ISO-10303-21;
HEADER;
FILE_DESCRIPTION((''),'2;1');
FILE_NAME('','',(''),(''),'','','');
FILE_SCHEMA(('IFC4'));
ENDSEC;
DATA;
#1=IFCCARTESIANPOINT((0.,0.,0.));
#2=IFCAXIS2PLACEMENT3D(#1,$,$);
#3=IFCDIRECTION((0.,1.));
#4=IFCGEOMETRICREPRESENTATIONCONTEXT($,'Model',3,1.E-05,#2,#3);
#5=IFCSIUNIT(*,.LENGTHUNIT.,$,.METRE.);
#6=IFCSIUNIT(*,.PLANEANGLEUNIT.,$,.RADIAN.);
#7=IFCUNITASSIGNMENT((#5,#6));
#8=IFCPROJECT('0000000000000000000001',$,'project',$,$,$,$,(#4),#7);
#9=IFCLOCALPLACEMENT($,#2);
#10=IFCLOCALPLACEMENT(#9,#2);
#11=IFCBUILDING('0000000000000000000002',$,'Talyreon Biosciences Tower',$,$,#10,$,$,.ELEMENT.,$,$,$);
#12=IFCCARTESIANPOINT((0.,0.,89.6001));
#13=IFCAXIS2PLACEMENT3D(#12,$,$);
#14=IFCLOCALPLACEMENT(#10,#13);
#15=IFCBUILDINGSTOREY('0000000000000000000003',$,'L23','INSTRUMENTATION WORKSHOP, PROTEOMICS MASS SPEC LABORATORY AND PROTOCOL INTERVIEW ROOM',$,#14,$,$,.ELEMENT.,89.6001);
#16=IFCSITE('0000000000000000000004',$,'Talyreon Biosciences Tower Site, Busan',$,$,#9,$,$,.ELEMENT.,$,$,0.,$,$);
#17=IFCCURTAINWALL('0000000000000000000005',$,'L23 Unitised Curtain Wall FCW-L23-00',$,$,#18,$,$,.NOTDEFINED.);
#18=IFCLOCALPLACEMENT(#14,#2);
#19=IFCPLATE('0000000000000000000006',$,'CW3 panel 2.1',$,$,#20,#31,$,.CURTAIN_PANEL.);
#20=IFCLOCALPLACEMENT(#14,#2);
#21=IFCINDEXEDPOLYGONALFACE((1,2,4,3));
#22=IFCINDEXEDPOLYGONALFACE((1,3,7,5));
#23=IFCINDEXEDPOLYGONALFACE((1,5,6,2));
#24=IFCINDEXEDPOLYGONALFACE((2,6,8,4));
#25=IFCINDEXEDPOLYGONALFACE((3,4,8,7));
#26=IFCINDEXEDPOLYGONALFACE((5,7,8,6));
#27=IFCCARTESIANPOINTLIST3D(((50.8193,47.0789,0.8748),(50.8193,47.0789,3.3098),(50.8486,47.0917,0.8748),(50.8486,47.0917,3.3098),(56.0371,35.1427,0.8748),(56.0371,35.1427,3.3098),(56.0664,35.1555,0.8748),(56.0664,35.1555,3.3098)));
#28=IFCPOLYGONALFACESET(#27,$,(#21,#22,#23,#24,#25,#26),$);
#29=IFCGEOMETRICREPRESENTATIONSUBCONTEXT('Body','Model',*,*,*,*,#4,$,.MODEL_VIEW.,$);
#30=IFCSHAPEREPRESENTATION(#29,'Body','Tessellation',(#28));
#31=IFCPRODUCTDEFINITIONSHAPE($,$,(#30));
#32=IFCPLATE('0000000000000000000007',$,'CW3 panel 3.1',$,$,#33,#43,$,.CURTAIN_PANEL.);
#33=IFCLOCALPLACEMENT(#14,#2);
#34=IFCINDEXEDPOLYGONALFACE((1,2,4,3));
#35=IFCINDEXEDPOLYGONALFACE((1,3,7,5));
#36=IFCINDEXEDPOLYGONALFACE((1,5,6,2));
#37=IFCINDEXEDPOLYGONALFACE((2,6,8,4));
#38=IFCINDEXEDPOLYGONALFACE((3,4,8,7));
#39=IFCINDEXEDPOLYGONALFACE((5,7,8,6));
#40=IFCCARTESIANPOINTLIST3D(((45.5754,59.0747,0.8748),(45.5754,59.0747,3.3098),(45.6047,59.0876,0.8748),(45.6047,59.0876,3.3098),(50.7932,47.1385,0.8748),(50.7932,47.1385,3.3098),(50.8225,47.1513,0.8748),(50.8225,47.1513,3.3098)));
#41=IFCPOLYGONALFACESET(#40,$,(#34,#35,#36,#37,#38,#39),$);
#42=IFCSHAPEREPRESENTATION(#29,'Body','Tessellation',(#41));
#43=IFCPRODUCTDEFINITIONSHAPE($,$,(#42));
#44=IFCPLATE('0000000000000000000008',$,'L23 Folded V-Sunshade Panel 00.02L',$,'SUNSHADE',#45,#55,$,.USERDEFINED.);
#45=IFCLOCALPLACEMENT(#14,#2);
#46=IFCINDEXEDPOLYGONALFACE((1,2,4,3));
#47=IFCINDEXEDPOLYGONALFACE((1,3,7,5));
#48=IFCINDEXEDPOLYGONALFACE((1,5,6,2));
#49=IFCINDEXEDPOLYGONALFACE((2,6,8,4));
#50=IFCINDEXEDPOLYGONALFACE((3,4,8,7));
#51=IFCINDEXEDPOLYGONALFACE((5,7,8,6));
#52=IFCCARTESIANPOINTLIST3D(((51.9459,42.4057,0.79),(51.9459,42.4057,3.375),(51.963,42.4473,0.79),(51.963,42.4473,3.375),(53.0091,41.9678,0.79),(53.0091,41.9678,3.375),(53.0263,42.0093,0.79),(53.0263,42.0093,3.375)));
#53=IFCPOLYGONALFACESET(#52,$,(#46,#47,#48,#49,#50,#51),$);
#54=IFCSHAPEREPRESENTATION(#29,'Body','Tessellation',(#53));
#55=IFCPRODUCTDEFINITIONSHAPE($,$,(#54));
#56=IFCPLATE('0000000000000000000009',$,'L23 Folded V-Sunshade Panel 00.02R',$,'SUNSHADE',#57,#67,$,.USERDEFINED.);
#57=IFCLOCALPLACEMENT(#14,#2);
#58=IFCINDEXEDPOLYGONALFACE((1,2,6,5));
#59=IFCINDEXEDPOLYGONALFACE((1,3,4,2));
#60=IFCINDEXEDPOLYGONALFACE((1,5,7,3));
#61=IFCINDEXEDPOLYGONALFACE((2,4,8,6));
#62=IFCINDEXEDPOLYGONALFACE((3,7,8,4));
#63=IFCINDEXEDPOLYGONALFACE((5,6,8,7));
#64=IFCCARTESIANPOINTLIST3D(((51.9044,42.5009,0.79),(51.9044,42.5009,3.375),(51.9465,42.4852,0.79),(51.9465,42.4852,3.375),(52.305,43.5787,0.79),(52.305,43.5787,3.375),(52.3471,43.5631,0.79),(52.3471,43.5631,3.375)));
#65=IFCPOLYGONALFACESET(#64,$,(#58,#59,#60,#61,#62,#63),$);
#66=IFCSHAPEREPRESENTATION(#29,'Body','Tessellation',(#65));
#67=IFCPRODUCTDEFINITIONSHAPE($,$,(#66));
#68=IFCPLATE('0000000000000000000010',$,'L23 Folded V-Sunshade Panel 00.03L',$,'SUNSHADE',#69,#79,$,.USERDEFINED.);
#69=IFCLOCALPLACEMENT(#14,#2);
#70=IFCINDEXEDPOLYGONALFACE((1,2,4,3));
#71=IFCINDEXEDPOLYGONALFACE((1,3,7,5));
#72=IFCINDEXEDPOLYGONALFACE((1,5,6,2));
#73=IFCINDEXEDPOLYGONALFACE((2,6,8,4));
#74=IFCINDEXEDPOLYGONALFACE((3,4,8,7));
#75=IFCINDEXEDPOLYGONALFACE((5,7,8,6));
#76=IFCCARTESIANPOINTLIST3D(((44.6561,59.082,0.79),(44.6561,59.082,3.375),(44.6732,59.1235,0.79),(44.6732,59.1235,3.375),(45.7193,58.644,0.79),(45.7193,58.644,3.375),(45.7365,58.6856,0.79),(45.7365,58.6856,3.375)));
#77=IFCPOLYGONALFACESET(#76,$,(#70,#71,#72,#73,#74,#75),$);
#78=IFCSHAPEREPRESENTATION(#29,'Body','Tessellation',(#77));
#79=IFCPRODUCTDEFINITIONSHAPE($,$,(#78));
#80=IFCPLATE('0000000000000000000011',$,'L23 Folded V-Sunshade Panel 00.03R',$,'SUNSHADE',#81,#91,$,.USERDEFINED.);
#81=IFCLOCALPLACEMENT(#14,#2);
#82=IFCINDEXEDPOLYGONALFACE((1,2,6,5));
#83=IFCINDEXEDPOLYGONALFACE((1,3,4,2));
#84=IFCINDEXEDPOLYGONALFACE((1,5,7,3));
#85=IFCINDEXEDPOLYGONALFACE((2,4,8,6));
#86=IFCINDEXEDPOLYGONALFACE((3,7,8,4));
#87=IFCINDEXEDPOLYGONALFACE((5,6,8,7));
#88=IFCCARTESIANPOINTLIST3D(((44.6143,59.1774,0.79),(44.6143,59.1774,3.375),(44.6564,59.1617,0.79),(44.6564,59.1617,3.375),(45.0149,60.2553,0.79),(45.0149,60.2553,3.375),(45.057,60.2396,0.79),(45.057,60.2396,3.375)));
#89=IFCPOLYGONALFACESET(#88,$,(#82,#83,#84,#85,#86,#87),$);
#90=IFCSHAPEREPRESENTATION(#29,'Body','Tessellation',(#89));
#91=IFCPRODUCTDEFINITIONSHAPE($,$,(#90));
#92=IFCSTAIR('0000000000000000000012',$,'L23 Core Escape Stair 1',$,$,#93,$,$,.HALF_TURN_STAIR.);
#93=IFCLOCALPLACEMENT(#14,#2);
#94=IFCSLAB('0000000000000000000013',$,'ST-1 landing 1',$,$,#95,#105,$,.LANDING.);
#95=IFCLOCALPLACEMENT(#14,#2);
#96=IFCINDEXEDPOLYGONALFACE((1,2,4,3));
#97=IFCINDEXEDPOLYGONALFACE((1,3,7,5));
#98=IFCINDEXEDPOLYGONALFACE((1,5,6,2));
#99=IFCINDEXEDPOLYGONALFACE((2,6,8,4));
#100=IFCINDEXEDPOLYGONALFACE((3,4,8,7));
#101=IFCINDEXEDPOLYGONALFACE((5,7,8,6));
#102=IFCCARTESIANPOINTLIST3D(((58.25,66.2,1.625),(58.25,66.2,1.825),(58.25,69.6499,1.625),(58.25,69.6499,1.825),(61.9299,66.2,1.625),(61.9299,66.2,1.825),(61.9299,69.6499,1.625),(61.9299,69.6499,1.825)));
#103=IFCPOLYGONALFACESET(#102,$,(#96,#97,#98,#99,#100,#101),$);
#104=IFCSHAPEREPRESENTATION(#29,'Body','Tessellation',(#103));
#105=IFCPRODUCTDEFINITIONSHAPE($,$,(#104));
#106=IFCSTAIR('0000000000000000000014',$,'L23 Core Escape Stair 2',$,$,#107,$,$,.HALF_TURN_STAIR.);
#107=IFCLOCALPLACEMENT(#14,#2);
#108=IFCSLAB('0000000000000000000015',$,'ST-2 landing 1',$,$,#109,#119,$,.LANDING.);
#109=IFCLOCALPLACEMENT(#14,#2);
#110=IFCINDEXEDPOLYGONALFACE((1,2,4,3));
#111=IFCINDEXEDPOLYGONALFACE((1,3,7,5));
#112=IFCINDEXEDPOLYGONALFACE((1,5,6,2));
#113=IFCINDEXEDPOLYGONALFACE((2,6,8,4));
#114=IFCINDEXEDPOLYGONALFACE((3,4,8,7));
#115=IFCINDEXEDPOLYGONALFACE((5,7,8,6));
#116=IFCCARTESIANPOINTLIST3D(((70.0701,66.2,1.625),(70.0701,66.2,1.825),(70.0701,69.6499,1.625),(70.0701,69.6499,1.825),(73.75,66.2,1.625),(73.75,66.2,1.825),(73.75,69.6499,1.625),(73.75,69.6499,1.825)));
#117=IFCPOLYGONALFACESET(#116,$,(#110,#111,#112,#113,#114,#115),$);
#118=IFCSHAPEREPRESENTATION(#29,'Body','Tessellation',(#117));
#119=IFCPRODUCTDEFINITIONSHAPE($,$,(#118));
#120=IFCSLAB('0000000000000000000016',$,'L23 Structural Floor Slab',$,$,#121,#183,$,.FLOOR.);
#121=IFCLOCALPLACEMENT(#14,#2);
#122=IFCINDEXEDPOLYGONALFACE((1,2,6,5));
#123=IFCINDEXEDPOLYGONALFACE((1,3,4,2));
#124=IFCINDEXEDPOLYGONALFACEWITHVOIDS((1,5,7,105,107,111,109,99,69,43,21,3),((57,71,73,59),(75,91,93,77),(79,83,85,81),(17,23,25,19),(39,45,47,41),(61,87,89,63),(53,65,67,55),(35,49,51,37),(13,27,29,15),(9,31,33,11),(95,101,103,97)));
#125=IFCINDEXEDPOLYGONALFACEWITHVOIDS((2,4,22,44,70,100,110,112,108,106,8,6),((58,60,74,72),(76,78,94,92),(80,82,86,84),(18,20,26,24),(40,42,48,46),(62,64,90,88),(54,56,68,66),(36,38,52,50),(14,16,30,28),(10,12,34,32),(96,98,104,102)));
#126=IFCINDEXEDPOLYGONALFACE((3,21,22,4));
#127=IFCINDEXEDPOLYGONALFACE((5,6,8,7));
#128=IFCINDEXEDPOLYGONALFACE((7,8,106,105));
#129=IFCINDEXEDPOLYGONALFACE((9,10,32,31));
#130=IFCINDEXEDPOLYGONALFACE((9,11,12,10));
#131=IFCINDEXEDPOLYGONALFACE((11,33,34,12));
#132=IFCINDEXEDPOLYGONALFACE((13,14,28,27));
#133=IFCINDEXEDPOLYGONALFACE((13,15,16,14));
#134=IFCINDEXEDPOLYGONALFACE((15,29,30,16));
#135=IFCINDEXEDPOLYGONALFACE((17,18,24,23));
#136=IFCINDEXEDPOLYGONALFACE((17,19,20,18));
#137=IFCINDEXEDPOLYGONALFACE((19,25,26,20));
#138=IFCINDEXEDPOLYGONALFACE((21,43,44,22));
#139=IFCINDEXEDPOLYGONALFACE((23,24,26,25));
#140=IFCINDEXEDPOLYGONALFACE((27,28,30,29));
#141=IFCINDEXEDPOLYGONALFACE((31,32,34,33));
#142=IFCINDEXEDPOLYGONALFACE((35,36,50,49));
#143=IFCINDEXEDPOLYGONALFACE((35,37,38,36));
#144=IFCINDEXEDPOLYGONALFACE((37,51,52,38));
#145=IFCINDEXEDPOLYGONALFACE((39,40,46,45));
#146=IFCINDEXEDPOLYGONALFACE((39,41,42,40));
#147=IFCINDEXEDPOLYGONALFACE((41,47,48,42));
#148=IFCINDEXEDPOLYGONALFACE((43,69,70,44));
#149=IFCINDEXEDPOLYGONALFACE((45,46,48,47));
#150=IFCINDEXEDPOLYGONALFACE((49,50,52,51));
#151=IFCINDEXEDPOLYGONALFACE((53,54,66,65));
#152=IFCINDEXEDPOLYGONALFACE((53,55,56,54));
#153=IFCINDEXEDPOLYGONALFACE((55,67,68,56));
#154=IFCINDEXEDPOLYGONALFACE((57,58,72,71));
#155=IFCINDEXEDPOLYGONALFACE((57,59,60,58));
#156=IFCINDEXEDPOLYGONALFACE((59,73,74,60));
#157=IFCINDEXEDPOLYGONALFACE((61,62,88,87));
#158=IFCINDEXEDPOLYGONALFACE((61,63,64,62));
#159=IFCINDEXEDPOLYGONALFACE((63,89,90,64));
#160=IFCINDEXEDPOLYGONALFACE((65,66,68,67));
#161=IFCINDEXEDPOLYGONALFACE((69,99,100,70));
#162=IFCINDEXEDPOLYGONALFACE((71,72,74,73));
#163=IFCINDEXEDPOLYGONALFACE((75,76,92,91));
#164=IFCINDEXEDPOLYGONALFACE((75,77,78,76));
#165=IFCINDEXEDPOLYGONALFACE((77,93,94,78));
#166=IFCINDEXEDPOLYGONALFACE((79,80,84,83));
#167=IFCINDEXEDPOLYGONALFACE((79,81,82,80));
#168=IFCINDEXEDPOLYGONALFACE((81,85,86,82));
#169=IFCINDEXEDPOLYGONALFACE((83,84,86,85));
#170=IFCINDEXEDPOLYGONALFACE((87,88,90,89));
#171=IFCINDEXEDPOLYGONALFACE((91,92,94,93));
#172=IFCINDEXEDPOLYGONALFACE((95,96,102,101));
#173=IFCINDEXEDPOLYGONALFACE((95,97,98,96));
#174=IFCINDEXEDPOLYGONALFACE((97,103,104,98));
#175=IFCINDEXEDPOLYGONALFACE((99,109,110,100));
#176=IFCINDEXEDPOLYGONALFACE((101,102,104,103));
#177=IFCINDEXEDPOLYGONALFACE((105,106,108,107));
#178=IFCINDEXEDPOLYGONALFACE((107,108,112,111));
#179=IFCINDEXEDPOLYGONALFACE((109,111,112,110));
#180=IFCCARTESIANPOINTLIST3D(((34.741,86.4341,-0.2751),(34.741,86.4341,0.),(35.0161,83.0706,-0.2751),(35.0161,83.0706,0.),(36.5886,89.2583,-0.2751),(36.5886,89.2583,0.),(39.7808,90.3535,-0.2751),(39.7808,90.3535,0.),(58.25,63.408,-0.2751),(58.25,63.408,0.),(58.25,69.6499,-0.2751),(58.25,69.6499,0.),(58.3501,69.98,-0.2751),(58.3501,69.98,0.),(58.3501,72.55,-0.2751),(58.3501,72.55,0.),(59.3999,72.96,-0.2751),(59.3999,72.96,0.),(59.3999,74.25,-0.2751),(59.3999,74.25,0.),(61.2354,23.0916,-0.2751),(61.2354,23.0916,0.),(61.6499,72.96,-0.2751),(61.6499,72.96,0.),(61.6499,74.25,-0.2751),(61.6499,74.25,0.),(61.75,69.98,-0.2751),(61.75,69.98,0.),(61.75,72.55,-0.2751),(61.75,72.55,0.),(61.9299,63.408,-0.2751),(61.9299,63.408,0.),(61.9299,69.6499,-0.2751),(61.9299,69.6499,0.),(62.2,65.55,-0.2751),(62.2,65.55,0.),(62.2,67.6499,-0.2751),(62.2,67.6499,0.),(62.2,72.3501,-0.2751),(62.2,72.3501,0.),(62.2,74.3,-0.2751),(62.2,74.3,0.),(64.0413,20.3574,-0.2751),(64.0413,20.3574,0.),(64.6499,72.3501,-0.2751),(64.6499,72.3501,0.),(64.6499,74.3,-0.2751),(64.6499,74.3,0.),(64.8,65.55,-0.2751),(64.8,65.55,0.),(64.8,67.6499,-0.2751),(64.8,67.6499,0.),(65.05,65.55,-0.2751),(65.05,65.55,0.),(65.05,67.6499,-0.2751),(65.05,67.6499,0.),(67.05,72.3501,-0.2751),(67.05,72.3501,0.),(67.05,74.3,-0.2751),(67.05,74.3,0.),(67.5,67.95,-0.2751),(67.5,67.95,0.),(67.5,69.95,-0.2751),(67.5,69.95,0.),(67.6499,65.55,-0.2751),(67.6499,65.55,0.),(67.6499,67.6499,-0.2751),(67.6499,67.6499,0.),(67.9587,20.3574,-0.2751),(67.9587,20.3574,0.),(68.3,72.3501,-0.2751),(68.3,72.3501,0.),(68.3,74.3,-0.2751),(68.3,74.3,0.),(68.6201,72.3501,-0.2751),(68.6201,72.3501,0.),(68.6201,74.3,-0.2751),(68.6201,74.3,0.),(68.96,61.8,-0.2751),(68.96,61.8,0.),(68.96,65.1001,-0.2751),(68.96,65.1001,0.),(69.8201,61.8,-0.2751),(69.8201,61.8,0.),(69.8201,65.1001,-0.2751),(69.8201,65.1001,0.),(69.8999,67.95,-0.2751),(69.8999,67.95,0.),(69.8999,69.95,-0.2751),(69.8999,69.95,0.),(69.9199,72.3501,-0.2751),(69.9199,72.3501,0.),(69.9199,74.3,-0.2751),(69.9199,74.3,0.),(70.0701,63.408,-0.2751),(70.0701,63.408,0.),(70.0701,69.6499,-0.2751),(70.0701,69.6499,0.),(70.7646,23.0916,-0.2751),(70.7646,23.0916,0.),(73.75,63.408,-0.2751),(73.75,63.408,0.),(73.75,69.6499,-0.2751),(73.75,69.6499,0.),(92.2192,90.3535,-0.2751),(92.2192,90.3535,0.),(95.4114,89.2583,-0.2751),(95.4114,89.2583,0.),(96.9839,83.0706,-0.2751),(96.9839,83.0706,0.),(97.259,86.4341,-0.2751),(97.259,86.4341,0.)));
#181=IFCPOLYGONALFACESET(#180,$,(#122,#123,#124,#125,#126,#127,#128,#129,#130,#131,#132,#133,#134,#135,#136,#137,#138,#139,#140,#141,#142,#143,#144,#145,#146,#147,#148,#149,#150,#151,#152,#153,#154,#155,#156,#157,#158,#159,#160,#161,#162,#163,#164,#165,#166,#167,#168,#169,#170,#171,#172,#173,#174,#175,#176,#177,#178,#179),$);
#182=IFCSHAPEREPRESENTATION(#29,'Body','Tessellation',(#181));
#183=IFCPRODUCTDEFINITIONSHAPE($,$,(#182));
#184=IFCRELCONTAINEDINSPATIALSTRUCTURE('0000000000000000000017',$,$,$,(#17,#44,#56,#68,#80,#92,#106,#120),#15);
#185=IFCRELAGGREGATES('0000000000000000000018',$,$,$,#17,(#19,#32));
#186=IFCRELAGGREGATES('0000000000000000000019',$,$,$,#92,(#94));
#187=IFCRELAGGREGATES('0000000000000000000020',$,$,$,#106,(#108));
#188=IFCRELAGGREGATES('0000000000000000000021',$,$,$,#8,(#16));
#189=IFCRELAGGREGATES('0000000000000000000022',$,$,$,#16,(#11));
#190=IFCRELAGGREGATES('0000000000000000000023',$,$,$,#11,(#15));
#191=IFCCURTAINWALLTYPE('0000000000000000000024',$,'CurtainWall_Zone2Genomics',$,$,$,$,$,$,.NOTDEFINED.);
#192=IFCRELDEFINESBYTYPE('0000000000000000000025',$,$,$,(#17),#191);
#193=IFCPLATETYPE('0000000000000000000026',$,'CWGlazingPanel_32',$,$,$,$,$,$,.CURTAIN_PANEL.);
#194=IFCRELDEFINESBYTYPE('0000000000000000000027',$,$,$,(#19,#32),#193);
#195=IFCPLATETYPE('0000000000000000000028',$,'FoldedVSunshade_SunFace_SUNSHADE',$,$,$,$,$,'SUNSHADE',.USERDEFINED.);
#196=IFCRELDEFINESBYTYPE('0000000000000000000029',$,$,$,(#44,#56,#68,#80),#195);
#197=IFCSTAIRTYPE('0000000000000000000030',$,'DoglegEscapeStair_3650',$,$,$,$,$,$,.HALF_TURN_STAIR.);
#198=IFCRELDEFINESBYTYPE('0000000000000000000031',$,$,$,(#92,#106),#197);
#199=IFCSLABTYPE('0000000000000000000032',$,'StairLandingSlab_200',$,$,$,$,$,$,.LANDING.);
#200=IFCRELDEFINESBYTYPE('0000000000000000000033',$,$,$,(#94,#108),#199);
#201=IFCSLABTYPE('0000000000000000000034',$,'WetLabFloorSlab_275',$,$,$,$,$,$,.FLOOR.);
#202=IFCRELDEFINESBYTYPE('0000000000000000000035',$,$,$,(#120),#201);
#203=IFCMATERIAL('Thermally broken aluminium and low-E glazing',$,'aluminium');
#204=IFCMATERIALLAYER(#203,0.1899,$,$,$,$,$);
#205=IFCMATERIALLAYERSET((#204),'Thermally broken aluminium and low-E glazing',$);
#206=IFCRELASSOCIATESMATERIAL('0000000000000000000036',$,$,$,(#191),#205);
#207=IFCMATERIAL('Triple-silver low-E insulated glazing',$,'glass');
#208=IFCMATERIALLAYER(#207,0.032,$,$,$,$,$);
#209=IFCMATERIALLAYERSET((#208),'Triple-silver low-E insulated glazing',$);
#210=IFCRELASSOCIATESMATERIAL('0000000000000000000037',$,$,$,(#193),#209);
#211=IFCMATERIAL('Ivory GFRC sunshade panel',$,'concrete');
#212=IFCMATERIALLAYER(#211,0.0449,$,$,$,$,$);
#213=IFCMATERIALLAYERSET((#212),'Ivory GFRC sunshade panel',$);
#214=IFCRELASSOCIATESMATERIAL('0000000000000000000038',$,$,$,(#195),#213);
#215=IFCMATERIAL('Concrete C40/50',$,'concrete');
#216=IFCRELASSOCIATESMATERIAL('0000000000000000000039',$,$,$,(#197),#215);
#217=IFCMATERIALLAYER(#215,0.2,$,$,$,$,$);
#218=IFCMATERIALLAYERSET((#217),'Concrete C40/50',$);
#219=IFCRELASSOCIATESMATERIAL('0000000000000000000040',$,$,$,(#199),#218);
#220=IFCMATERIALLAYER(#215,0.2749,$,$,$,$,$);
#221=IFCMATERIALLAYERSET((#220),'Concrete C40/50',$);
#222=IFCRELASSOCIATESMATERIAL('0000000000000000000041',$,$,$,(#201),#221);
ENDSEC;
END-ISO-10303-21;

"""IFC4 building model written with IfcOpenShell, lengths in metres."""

from ifc_helpers import new_model, si_unit, direction, frame, origin, origin_2d, place, context, subcontext, project, spatial, polyline, rectangle, outline, extrude, material, layer, layer_set, type_object, element, aggregate, save


model = new_model("IFC4")

# Units and contexts
model_context = context("Model", 3, precision=1e-05, world=origin(), true_north=direction((0.0, 1.0)))
body_context = subcontext(model_context, "Body", "Model", "MODEL_VIEW")
ifc_project = project(units=[si_unit("LENGTHUNIT", "METRE"), si_unit("PLANEANGLEUNIT", "RADIAN")], contexts=[model_context])

# Site, building, storey
site_placement = place(None, origin())
site = spatial("IfcSite", under=ifc_project, at=site_placement, Name="Talyreon Biosciences Tower Site, Busan", CompositionType="ELEMENT", RefElevation=0.0)
building_placement = place(site_placement, origin())
building = spatial("IfcBuilding", under=site, at=building_placement, Name="Talyreon Biosciences Tower", CompositionType="ELEMENT")
storey_placement = place(building_placement, frame((0.0, 0.0, 89.6001)))
storey = spatial("IfcBuildingStorey", under=building, at=storey_placement, Name="L23", Description="INSTRUMENTATION WORKSHOP, PROTEOMICS MASS SPEC LABORATORY AND PROTOCOL INTERVIEW ROOM", CompositionType="ELEMENT", Elevation=89.6001)

# Curtain wall
ifc_material_1 = material(Name="Thermally broken aluminium and low-E glazing", Category="aluminium")
ifc_layer_1 = layer(ifc_material_1, 0.1899)
ifc_layer_set_1 = layer_set([ifc_layer_1], Name="Thermally broken aluminium and low-E glazing")
curtain_wall_type = type_object("IfcCurtainWallType", Name="CurtainWall_Zone2Genomics", PredefinedType="NOTDEFINED", material=ifc_layer_set_1)
curtain_wall_placement = place(storey_placement, origin())
curtain_wall = element("IfcCurtainWall", 1, at=curtain_wall_placement, inside=storey, type_object=curtain_wall_type, Name="L23 Unitised Curtain Wall FCW-L23-00", PredefinedType="NOTDEFINED")

# Plates
ifc_material_2 = material(Name="Triple-silver low-E insulated glazing", Category="glass")
ifc_layer_2 = layer(ifc_material_2, 0.032)
ifc_layer_set_2 = layer_set([ifc_layer_2], Name="Triple-silver low-E insulated glazing")
plate_type_1 = type_object("IfcPlateType", Name="CWGlazingPanel_32", PredefinedType="CURTAIN_PANEL", material=ifc_layer_set_2)
plate_1_placement = place(storey_placement, frame((53.4429, 41.1172, 0.8748), z_axis=(0.0, 0.0, 1.0), x_axis=(-0.400542, 0.916278, 0.0)))
plate_1 = element("IfcPlate", 2, at=plate_1_placement, type_object=plate_type_1, Name="CW3 panel 2.1", PredefinedType="CURTAIN_PANEL", context=body_context, shape_type="SweptSolid", body=[
    extrude(rectangle(XDim=13.0269, YDim=0.032, at=origin_2d()), origin(), (0.0, 0.0, 1.0), 2.4351),
])
plate_2_placement = place(storey_placement, frame((48.199, 53.113, 0.8748), z_axis=(0.0, 0.0, 1.0), x_axis=(-0.400542, 0.916278, 0.0)))
plate_2 = element("IfcPlate", 3, at=plate_2_placement, type_object=plate_type_1, Name="CW3 panel 3.1", PredefinedType="CURTAIN_PANEL", context=body_context, shape_type="SweptSolid", body=[
    extrude(rectangle(XDim=13.0269, YDim=0.032, at=origin_2d()), origin(), (0.0, 0.0, 1.0), 2.4351),
])
aggregate(curtain_wall, [plate_1, plate_2])

# Plates
ifc_material_3 = material(Name="Ivory GFRC sunshade panel", Category="concrete")
ifc_layer_3 = layer(ifc_material_3, 0.0449)
ifc_layer_set_3 = layer_set([ifc_layer_3], Name="Ivory GFRC sunshade panel")
plate_type_2 = type_object("IfcPlateType", Name="FoldedVSunshade_SunFace_SUNSHADE", ElementType="SUNSHADE", PredefinedType="USERDEFINED", material=ifc_layer_set_3)
for number, where, z_axis, x_axis, name in (
    (4, (52.4861, 42.2075, 0.79), (0.0, 0.0, 1.0), (-0.924626, 0.380877, 0.0), "L23 Folded V-Sunshade Panel 00.02L"),
    (5, (52.1257, 43.032, 0.79), (0.0, 0.0, 1.0), (0.348376, 0.937355, 0.0), "L23 Folded V-Sunshade Panel 00.02R"),
    (6, (45.1963, 58.8838, 0.79), (0.0, 0.0, 1.0), (-0.924626, 0.380877, 0.0), "L23 Folded V-Sunshade Panel 00.03L"),
    (7, (44.8357, 59.7085, 0.79), (0.0, 0.0, 1.0), (0.348376, 0.937355, 0.0), "L23 Folded V-Sunshade Panel 00.03R"),
):
    element("IfcPlate", number, at=place(storey_placement, frame(where, z_axis=z_axis, x_axis=x_axis)), inside=storey, type_object=plate_type_2, Name=name, ObjectType="SUNSHADE", PredefinedType="USERDEFINED", context=body_context, shape_type="SweptSolid", body=[
        extrude(rectangle(XDim=1.1499, YDim=0.0449, at=origin_2d()), origin(), (0.0, 0.0, 1.0), 2.585),
    ])

# Stairs, slabs
ifc_material_4 = material(Name="Concrete C40/50", Category="concrete")
stair_type = type_object("IfcStairType", Name="DoglegEscapeStair_3650", PredefinedType="HALF_TURN_STAIR", material=ifc_material_4)
stair_1_placement = place(storey_placement, origin())
stair_1 = element("IfcStair", 8, at=stair_1_placement, inside=storey, type_object=stair_type, Name="L23 Core Escape Stair 1", PredefinedType="HALF_TURN_STAIR")
ifc_layer_4 = layer(ifc_material_4, 0.2)
ifc_layer_set_4 = layer_set([ifc_layer_4], Name="Concrete C40/50")
slab_type_1 = type_object("IfcSlabType", Name="StairLandingSlab_200", PredefinedType="LANDING", material=ifc_layer_set_4)
slab_1_placement = place(storey_placement, frame((0.0, 0.0, 1.625)))
slab_1 = element("IfcSlab", 9, at=slab_1_placement, type_object=slab_type_1, Name="ST-1 landing 1", PredefinedType="LANDING", context=body_context, shape_type="SweptSolid", body=[
    extrude(outline(polyline([(61.9299, 66.2), (61.9299, 69.6499), (58.25, 69.6499), (58.25, 66.2), (61.9299, 66.2)])), origin(), (0.0, 0.0, 1.0), 0.2),
])
aggregate(stair_1, [slab_1])
stair_2_placement = place(storey_placement, origin())
stair_2 = element("IfcStair", 10, at=stair_2_placement, inside=storey, type_object=stair_type, Name="L23 Core Escape Stair 2", PredefinedType="HALF_TURN_STAIR")
slab_2_placement = place(storey_placement, frame((0.0, 0.0, 1.625)))
slab_2 = element("IfcSlab", 11, at=slab_2_placement, type_object=slab_type_1, Name="ST-2 landing 1", PredefinedType="LANDING", context=body_context, shape_type="SweptSolid", body=[
    extrude(outline(polyline([(73.75, 66.2), (73.75, 69.6499), (70.0701, 69.6499), (70.0701, 66.2), (73.75, 66.2)])), origin(), (0.0, 0.0, 1.0), 0.2),
])
aggregate(stair_2, [slab_2])

# Slab
ifc_layer_5 = layer(ifc_material_4, 0.2749)
ifc_layer_set_5 = layer_set([ifc_layer_5], Name="Concrete C40/50")
slab_type_2 = type_object("IfcSlabType", Name="WetLabFloorSlab_275", PredefinedType="FLOOR", material=ifc_layer_set_5)
slab_3_placement = place(storey_placement, frame((0.0, 0.0, -0.2751)))
element("IfcSlab", 12, at=slab_3_placement, inside=storey, type_object=slab_type_2, Name="L23 Structural Floor Slab", PredefinedType="FLOOR", context=body_context, shape_type="SweptSolid", body=[
    extrude(outline(polyline([(61.2354, 23.0916), (35.0161, 83.0706), (34.741, 86.4341), (36.5886, 89.2583), (39.7808, 90.3535), (92.2192, 90.3535), (95.4114, 89.2583), (97.259, 86.4341), (96.9839, 83.0706), (70.7646, 23.0916), (67.9587, 20.3574), (64.0413, 20.3574), (61.2354, 23.0916)]), holes=[polyline([(61.9299, 69.6499), (61.9299, 63.408), (58.25, 63.408), (58.25, 69.6499), (61.9299, 69.6499)]), polyline([(64.8, 67.6499), (64.8, 65.55), (62.2, 65.55), (62.2, 67.6499), (64.8, 67.6499)]), polyline([(67.6499, 67.6499), (67.6499, 65.55), (65.05, 65.55), (65.05, 67.6499), (67.6499, 67.6499)]), polyline([(61.75, 69.98), (58.3501, 69.98), (58.3501, 72.55), (61.75, 72.55), (61.75, 69.98)]), polyline([(64.6499, 72.3501), (62.2, 72.3501), (62.2, 74.3), (64.6499, 74.3), (64.6499, 72.3501)]), polyline([(61.6499, 74.25), (61.6499, 72.96), (59.3999, 72.96), (59.3999, 74.25), (61.6499, 74.25)]), polyline([(69.8201, 61.8), (68.96, 61.8), (68.96, 65.1001), (69.8201, 65.1001), (69.8201, 61.8)]), polyline([(73.75, 63.408), (70.0701, 63.408), (70.0701, 69.6499), (73.75, 69.6499), (73.75, 63.408)]), polyline([(69.8999, 69.95), (69.8999, 67.95), (67.5, 67.95), (67.5, 69.95), (69.8999, 69.95)]), polyline([(68.3, 72.3501), (67.05, 72.3501), (67.05, 74.3), (68.3, 74.3), (68.3, 72.3501)]), polyline([(69.9199, 72.3501), (68.6201, 72.3501), (68.6201, 74.3), (69.9199, 74.3), (69.9199, 72.3501)])]), origin(), (0.0, 0.0, 1.0), 0.2751),
])

save(model, "model.ifc")
